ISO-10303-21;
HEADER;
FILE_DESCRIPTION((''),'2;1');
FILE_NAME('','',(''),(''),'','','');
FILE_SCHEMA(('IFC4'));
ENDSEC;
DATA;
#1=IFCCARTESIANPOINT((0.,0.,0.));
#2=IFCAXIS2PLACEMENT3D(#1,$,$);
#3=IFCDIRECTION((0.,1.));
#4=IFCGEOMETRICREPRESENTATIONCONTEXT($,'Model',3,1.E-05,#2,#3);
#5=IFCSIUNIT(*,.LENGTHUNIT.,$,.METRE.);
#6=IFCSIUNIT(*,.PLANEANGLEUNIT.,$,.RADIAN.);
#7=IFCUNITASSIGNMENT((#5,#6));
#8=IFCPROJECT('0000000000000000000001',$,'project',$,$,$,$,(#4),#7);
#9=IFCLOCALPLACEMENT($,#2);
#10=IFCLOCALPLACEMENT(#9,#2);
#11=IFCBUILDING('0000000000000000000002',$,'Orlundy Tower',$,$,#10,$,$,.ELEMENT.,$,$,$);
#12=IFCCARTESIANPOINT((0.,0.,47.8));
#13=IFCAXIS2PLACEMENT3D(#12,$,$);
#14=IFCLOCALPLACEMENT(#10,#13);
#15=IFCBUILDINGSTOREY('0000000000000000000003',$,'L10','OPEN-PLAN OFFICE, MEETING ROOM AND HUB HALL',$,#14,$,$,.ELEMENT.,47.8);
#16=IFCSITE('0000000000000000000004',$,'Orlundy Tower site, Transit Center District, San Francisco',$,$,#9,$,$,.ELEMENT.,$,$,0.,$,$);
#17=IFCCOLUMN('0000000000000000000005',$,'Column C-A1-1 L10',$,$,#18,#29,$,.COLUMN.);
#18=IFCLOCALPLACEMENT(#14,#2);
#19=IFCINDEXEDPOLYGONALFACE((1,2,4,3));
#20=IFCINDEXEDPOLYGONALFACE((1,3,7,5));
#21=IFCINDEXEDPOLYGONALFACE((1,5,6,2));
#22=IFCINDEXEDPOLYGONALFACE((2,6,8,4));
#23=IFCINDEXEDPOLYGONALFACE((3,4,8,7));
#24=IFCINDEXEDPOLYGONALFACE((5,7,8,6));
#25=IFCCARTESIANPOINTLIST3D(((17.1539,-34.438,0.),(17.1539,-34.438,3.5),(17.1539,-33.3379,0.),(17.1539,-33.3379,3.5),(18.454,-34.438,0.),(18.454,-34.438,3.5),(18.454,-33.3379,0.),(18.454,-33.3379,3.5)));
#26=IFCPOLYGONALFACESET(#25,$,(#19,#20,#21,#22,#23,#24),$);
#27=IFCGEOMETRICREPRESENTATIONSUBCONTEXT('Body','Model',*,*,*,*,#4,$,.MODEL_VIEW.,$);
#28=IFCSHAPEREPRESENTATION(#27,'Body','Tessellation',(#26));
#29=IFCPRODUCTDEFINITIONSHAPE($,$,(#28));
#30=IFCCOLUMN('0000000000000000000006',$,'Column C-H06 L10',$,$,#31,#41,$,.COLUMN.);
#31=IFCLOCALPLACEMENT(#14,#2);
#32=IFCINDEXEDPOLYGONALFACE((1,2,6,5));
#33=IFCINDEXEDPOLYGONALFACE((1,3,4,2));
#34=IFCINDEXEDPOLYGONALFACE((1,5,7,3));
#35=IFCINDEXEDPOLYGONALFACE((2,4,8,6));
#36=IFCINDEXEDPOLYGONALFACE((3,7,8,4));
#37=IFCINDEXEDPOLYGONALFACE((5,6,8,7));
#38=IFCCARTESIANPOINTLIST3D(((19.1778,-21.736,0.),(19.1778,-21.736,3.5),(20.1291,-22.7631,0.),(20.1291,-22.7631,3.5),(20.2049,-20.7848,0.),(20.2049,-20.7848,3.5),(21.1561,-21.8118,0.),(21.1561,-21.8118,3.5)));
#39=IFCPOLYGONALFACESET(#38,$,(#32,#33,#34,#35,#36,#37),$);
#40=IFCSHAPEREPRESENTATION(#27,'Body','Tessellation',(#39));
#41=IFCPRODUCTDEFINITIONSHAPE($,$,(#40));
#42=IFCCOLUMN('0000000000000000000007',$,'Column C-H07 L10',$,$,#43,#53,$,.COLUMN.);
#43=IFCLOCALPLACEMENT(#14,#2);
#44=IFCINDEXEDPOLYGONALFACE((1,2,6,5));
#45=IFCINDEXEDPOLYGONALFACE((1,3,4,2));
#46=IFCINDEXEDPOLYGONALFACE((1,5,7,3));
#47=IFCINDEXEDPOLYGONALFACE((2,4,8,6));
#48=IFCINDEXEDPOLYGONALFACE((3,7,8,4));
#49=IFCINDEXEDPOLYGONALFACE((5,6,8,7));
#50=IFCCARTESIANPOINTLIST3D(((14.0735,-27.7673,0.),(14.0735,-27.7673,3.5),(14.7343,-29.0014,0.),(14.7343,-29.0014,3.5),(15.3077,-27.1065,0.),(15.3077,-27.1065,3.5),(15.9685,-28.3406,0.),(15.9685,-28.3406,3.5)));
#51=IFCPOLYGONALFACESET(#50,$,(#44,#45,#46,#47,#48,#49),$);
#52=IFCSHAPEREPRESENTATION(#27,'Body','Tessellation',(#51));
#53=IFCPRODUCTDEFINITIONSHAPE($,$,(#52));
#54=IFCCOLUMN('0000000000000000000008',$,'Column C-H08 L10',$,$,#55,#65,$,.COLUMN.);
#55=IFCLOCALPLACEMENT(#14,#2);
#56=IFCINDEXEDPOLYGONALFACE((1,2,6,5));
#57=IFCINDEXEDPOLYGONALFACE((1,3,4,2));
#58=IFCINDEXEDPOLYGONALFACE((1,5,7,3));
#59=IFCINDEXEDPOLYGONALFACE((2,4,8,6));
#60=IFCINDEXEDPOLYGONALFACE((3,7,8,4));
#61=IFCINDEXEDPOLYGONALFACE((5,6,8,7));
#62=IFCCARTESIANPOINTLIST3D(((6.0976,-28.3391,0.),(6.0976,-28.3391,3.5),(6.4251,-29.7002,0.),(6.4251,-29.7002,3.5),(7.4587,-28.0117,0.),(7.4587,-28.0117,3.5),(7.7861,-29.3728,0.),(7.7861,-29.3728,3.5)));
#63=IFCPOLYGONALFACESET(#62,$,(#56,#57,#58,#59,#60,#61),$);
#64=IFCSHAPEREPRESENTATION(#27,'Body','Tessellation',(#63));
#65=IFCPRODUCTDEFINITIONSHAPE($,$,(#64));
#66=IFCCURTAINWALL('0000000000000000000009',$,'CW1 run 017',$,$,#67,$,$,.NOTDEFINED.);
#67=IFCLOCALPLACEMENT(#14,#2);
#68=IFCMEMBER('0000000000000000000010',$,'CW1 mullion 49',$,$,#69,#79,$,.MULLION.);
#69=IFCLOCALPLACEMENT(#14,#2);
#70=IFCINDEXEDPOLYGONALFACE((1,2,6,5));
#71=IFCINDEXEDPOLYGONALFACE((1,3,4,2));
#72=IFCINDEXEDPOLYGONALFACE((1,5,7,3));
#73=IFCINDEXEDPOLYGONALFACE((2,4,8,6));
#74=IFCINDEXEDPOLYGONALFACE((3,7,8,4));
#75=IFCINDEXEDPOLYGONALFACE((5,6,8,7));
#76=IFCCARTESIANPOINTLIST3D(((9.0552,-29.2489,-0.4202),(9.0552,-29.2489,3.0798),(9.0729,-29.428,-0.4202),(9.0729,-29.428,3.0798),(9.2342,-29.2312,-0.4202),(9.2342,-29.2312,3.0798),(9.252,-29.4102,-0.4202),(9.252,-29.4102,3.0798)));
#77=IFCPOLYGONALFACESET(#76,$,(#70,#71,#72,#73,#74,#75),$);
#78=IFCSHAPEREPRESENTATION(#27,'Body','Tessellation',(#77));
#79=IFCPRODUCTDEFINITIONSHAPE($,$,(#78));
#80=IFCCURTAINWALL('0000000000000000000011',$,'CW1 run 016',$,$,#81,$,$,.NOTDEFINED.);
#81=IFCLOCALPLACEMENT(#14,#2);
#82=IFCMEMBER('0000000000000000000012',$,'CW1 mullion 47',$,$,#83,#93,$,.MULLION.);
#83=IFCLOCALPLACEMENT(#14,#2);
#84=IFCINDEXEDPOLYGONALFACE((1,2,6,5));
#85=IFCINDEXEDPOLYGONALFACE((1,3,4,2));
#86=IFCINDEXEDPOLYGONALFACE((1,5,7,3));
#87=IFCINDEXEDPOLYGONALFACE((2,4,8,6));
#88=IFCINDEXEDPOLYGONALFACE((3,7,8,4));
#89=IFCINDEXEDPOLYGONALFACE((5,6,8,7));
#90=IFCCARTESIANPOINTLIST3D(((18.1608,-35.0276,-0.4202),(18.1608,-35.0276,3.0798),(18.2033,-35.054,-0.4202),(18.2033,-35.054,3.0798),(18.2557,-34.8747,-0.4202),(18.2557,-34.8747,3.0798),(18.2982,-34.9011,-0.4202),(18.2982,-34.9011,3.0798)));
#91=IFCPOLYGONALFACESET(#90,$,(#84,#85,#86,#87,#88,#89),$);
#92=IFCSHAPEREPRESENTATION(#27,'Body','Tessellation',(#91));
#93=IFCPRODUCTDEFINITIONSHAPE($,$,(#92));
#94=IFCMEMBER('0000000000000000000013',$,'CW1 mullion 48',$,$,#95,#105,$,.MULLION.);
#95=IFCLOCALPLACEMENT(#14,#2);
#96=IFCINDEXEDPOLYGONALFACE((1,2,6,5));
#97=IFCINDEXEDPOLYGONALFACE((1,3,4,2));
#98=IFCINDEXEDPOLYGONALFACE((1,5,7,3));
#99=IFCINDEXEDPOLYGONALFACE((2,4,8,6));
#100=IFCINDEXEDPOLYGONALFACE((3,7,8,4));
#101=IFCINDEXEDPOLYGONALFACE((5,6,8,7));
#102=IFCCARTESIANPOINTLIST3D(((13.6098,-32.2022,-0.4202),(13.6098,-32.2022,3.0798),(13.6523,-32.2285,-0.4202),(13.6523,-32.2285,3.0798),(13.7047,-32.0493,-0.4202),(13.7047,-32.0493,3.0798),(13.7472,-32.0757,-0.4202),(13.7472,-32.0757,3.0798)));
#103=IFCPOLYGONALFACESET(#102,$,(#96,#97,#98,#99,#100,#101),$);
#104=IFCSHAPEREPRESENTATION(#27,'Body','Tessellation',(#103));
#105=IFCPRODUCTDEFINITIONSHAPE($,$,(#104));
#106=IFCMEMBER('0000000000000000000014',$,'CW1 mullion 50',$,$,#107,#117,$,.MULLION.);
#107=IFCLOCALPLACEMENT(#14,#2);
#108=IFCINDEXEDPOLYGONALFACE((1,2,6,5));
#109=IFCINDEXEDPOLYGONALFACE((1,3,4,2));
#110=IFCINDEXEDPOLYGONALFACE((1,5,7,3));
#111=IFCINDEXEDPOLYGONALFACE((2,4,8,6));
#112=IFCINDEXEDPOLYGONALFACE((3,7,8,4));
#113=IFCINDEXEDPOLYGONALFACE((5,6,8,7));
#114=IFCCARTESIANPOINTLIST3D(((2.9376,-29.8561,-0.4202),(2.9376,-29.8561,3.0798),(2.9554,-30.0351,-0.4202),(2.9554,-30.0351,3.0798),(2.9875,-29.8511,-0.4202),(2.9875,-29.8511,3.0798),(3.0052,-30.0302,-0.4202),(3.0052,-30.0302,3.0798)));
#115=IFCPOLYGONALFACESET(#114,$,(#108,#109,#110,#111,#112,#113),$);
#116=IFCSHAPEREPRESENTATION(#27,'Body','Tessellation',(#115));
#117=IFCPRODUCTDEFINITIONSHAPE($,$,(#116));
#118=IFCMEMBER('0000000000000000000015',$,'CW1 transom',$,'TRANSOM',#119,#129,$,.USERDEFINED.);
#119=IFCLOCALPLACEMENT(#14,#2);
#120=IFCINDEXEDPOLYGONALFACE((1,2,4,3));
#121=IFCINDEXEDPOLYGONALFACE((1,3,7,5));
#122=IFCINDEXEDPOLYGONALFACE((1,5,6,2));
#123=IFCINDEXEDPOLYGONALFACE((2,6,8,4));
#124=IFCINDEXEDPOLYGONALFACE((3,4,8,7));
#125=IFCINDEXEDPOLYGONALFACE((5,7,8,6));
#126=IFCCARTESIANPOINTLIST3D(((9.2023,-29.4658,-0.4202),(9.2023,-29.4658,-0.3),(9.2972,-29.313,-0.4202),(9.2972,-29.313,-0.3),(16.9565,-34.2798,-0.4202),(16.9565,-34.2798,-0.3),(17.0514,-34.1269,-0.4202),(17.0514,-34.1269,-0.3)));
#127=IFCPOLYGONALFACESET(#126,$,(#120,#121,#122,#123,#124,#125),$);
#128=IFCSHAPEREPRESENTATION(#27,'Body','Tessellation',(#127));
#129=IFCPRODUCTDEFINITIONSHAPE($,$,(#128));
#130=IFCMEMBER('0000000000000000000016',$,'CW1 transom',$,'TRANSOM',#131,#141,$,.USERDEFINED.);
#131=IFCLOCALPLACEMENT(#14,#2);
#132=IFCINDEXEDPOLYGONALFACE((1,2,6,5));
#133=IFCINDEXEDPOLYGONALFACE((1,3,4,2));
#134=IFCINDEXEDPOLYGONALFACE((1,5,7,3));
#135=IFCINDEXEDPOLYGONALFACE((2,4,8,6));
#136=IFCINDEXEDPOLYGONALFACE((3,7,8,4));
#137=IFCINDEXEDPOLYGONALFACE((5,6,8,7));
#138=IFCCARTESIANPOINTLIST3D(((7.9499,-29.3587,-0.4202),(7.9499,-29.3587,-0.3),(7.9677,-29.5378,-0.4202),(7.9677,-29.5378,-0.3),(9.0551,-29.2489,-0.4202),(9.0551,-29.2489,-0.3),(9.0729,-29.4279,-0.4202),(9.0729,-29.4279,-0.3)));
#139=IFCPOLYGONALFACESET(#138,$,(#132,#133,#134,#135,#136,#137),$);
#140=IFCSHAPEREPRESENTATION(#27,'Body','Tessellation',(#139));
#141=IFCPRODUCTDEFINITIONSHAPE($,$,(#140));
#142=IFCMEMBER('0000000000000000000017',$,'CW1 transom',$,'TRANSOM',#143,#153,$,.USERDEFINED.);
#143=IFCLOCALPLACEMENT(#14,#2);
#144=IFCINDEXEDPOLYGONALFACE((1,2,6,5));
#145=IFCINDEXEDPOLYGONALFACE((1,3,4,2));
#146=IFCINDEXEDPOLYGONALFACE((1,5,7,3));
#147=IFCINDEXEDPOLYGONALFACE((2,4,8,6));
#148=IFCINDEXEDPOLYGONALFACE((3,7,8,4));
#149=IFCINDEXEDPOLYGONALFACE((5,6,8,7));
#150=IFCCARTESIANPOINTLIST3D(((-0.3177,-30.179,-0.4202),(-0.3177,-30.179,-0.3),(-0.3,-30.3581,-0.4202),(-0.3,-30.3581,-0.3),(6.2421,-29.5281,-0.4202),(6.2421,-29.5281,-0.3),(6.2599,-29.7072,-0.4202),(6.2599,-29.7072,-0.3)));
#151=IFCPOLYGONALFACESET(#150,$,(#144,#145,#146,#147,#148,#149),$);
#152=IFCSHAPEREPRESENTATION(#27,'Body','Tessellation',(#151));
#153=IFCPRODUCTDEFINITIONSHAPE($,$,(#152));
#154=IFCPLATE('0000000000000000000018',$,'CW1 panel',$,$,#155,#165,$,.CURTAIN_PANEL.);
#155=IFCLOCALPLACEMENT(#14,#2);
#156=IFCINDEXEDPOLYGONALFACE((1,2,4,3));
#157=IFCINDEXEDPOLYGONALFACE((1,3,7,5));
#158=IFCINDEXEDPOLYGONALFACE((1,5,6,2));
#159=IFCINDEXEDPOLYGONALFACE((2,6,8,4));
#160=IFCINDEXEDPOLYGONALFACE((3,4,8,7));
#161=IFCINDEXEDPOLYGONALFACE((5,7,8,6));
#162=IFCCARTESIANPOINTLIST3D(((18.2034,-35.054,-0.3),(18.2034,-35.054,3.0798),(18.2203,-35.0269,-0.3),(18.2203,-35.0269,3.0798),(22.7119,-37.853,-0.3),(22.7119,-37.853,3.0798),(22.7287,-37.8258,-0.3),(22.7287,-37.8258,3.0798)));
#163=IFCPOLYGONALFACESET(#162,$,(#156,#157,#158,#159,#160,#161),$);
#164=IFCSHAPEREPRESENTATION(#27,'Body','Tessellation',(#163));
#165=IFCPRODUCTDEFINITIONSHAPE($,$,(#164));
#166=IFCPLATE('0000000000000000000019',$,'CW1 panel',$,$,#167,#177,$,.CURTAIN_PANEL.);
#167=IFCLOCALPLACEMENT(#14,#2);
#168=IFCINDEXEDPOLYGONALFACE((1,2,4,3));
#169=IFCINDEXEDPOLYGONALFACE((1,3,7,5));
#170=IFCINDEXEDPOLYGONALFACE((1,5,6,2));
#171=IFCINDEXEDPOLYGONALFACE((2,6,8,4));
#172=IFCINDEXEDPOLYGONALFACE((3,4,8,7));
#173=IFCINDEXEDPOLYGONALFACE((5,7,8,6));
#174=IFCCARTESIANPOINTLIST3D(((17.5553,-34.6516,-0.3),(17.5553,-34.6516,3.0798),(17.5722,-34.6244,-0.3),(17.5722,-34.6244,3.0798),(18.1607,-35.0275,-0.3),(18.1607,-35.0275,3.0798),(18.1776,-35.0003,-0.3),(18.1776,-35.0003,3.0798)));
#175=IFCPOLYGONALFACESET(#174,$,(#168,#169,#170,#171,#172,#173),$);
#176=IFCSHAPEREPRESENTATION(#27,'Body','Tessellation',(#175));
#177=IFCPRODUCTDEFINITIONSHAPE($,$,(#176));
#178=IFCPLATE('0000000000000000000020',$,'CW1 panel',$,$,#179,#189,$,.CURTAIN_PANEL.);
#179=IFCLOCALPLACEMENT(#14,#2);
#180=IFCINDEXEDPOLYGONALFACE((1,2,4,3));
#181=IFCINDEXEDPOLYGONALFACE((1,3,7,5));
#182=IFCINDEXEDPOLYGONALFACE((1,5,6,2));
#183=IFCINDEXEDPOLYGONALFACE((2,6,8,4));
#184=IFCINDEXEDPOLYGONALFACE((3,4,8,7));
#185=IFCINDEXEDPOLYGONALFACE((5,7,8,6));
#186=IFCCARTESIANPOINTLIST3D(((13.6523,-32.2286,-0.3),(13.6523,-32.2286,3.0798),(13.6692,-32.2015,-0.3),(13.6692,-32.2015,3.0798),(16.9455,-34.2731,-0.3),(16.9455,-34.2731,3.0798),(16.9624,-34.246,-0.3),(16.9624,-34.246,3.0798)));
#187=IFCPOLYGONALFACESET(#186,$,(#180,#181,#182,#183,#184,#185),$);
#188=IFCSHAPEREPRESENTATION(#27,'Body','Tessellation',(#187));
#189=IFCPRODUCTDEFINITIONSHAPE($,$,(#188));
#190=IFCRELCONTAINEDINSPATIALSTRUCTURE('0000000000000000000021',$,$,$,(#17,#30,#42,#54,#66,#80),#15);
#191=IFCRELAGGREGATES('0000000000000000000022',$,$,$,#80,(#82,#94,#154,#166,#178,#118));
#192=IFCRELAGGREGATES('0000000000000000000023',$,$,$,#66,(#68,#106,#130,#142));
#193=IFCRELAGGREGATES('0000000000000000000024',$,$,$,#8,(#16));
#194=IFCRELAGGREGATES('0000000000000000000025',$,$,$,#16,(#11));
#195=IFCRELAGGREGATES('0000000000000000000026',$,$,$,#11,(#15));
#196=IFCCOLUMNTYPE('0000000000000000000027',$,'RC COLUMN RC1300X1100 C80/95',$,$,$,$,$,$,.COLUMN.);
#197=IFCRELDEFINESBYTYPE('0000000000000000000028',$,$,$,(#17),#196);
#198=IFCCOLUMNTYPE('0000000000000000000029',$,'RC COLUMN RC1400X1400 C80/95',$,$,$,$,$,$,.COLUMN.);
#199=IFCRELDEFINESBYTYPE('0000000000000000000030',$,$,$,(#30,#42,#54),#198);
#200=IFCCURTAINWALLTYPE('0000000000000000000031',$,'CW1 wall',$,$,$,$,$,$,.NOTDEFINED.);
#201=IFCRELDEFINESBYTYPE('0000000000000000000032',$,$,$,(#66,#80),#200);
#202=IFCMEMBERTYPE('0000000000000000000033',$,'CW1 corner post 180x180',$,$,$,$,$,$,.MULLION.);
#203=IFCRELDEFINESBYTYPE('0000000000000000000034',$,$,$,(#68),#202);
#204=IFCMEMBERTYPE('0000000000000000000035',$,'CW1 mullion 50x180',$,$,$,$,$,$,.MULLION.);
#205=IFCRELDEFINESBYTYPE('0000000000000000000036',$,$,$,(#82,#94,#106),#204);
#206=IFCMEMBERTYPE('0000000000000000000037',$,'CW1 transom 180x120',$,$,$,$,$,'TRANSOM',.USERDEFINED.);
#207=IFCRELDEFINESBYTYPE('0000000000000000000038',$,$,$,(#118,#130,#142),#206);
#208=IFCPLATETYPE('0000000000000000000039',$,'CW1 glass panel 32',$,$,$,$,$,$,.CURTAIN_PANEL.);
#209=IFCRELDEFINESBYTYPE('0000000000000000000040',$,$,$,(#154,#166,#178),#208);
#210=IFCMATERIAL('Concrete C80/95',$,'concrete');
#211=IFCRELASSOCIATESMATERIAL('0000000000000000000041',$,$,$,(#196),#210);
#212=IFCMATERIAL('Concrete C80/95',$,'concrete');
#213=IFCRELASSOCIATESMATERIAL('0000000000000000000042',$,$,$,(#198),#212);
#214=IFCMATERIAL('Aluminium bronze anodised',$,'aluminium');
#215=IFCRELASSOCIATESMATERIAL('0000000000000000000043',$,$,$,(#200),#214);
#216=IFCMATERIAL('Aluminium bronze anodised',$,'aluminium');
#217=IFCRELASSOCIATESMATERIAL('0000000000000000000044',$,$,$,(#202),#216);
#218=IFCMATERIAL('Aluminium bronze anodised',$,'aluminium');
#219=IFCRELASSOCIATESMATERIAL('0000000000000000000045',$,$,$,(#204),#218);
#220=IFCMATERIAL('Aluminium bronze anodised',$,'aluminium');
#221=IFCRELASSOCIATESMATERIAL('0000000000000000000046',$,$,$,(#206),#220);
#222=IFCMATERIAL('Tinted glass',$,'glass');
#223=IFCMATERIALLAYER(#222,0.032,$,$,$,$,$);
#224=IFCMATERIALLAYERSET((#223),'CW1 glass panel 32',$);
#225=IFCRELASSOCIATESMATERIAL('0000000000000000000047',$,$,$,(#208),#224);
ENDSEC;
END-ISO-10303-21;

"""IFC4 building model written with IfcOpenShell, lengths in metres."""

from ifc_helpers import new_model, si_unit, direction, frame, origin, origin_2d, place, context, subcontext, project, spatial, rectangle, extrude, material, layer, layer_set, material_profile, profile_set, type_object, element, aggregate, save


model = new_model("IFC4")

# Units and contexts
model_context = context("Model", 3, precision=1e-05, world=origin(), true_north=direction((0.0, 1.0)))
body_context = subcontext(model_context, "Body", "Model", "MODEL_VIEW")
ifc_project = project(units=[si_unit("LENGTHUNIT", "METRE"), si_unit("PLANEANGLEUNIT", "RADIAN")], contexts=[model_context])

# Site, building, storey
site_placement = place(None, origin())
site = spatial("IfcSite", under=ifc_project, at=site_placement, Name="Orlundy Tower site, Transit Center District, San Francisco", CompositionType="ELEMENT", RefElevation=0.0)
building_placement = place(site_placement, origin())
building = spatial("IfcBuilding", under=site, at=building_placement, Name="Orlundy Tower", CompositionType="ELEMENT")
storey_placement = place(building_placement, frame((0.0, 0.0, 47.8)))
storey = spatial("IfcBuildingStorey", under=building, at=storey_placement, Name="L10", Description="OPEN-PLAN OFFICE, MEETING ROOM AND HUB HALL", CompositionType="ELEMENT", Elevation=47.8)

# Columns
ifc_material_1 = material(Name="Concrete C80/95", Category="concrete")
ifc_material_profile_1 = material_profile(ifc_material_1, rectangle(XDim=1.3, YDim=1.1001, at=origin_2d()), Name="RC1300X1100")
ifc_profile_set_1 = profile_set([ifc_material_profile_1], Name="Concrete C80/95")
column_type_1 = type_object("IfcColumnType", Name="RC COLUMN RC1300X1100 C80/95", PredefinedType="COLUMN", material=ifc_profile_set_1)
column_placement = place(storey_placement, frame((17.804, -33.8879, 0.0), z_axis=(0.0, 0.0, 1.0), x_axis=(1.0, 0.0, 0.0)))
element("IfcColumn", 1, at=column_placement, inside=storey, type_object=column_type_1, Name="Column C-A1-1 L10", PredefinedType="COLUMN", context=body_context, shape_type="SweptSolid", body=[
    extrude(rectangle(XDim=1.3, YDim=1.1001, at=origin_2d()), origin(), (0.0, 0.0, 1.0), 3.5),
])
ifc_material_2 = material(Name="Concrete C80/95", Category="concrete")
ifc_material_profile_2 = material_profile(ifc_material_2, rectangle(XDim=1.3999, YDim=1.3999, at=origin_2d()), Name="RC1400X1400")
ifc_profile_set_2 = profile_set([ifc_material_profile_2], Name="Concrete C80/95")
column_type_2 = type_object("IfcColumnType", Name="RC COLUMN RC1400X1400 C80/95", PredefinedType="COLUMN", material=ifc_profile_set_2)
for number, where, z_axis, x_axis, name in (
    (2, (20.167, -21.7739, 0.0), (0.0, 0.0, 1.0), (0.679518, -0.733659, 0.0), "Column C-H06 L10"),
    (3, (15.021, -28.054, 0.0), (0.0, 0.0, 1.0), (0.472028, -0.881584, 0.0), "Column C-H07 L10"),
    (4, (6.9419, -28.856, 0.0), (0.0, 0.0, 1.0), (0.233904, -0.97226, 0.0), "Column C-H08 L10"),
):
    element("IfcColumn", number, at=place(storey_placement, frame(where, z_axis=z_axis, x_axis=x_axis)), inside=storey, type_object=column_type_2, Name=name, PredefinedType="COLUMN", context=body_context, shape_type="SweptSolid", body=[
        extrude(rectangle(XDim=1.3999, YDim=1.3999, at=origin_2d()), origin(), (0.0, 0.0, 1.0), 3.5),
    ])

# Curtain wall, member
ifc_material_3 = material(Name="Aluminium bronze anodised", Category="aluminium")
curtain_wall_type = type_object("IfcCurtainWallType", Name="CW1 wall", PredefinedType="NOTDEFINED", material=ifc_material_3)
curtain_wall_1_placement = place(storey_placement, origin())
curtain_wall_1 = element("IfcCurtainWall", 5, at=curtain_wall_1_placement, inside=storey, type_object=curtain_wall_type, Name="CW1 run 017", PredefinedType="NOTDEFINED")
ifc_material_4 = material(Name="Aluminium bronze anodised", Category="aluminium")
ifc_material_profile_3 = material_profile(ifc_material_4, rectangle(XDim=0.1799, YDim=0.1799, at=origin_2d()), Name="CW1 corner post 180x180")
ifc_profile_set_3 = profile_set([ifc_material_profile_3], Name="Aluminium bronze anodised")
member_type_1 = type_object("IfcMemberType", Name="CW1 corner post 180x180", PredefinedType="MULLION", material=ifc_profile_set_3)
member_1_placement = place(storey_placement, frame((9.1536, -29.3296, -0.4202), z_axis=(0.0, 0.0, 1.0), x_axis=(0.09875, -0.995112, 0.0)))
member_1 = element("IfcMember", 6, at=member_1_placement, type_object=member_type_1, Name="CW1 mullion 49", PredefinedType="MULLION", context=body_context, shape_type="SweptSolid", body=[
    extrude(rectangle(XDim=0.1799, YDim=0.1799, at=origin_2d()), origin(), (0.0, 0.0, 1.0), 3.5),
])

# Curtain wall, members
curtain_wall_2_placement = place(storey_placement, origin())
curtain_wall_2 = element("IfcCurtainWall", 7, at=curtain_wall_2_placement, inside=storey, type_object=curtain_wall_type, Name="CW1 run 016", PredefinedType="NOTDEFINED")
ifc_material_5 = material(Name="Aluminium bronze anodised", Category="aluminium")
ifc_material_profile_4 = material_profile(ifc_material_5, rectangle(XDim=0.1799, YDim=0.05, at=origin_2d()), Name="CW1 mullion 50x180")
ifc_profile_set_4 = profile_set([ifc_material_profile_4], Name="Aluminium bronze anodised")
member_type_2 = type_object("IfcMemberType", Name="CW1 mullion 50x180", PredefinedType="MULLION", material=ifc_profile_set_4)
member_2_placement = place(storey_placement, frame((18.2295, -34.9644, -0.4202), z_axis=(0.0, 0.0, 1.0), x_axis=(-0.527449, -0.849587, 0.0)))
member_2 = element("IfcMember", 8, at=member_2_placement, type_object=member_type_2, Name="CW1 mullion 47", PredefinedType="MULLION", context=body_context, shape_type="SweptSolid", body=[
    extrude(rectangle(XDim=0.1799, YDim=0.05, at=origin_2d()), origin(), (0.0, 0.0, 1.0), 3.5),
])
member_3_placement = place(storey_placement, frame((13.6785, -32.1389, -0.4202), z_axis=(0.0, 0.0, 1.0), x_axis=(-0.527449, -0.849587, 0.0)))
member_3 = element("IfcMember", 9, at=member_3_placement, type_object=member_type_2, Name="CW1 mullion 48", PredefinedType="MULLION", context=body_context, shape_type="SweptSolid", body=[
    extrude(rectangle(XDim=0.1799, YDim=0.05, at=origin_2d()), origin(), (0.0, 0.0, 1.0), 3.5),
])

# Members
member_4_placement = place(storey_placement, frame((2.9714, -29.9431, -0.4202), z_axis=(0.0, 0.0, 1.0), x_axis=(0.09875, -0.995112, 0.0)))
member_4 = element("IfcMember", 10, at=member_4_placement, type_object=member_type_2, Name="CW1 mullion 50", PredefinedType="MULLION", context=body_context, shape_type="SweptSolid", body=[
    extrude(rectangle(XDim=0.1799, YDim=0.05, at=origin_2d()), origin(), (0.0, 0.0, 1.0), 3.5),
])
ifc_material_6 = material(Name="Aluminium bronze anodised", Category="aluminium")
ifc_material_profile_5 = material_profile(ifc_material_6, rectangle(XDim=0.1799, YDim=0.1201, at=origin_2d()), Name="CW1 transom 180x120")
ifc_profile_set_5 = profile_set([ifc_material_profile_5], Name="Aluminium bronze anodised")
member_type_3 = type_object("IfcMemberType", Name="CW1 transom 180x120", ElementType="TRANSOM", PredefinedType="USERDEFINED", material=ifc_profile_set_5)
member_5_placement = place(storey_placement, frame((17.0039, -34.2034, -0.3601), z_axis=(-0.849589, 0.527445, 0.0), x_axis=(-0.527445, -0.849589, 0.0)))
member_5 = element("IfcMember", 11, at=member_5_placement, type_object=member_type_3, Name="CW1 transom", ObjectType="TRANSOM", PredefinedType="USERDEFINED", context=body_context, shape_type="SweptSolid", body=[
    extrude(rectangle(XDim=0.1799, YDim=0.1201, at=origin_2d()), origin(), (0.0, 0.0, 1.0), 9.127),
])
member_6_placement = place(storey_placement, frame((9.064, -29.3384, -0.3601), z_axis=(-0.995096, -0.098916, 0.0), x_axis=(0.098916, -0.995096, 0.0)))
member_6 = element("IfcMember", 12, at=member_6_placement, type_object=member_type_3, Name="CW1 transom", ObjectType="TRANSOM", PredefinedType="USERDEFINED", context=body_context, shape_type="SweptSolid", body=[
    extrude(rectangle(XDim=0.1799, YDim=0.1201, at=origin_2d()), origin(), (0.0, 0.0, 1.0), 1.1106),
])
member_7_placement = place(storey_placement, frame((6.251, -29.6177, -0.3601), z_axis=(-0.995114, -0.098737, 0.0), x_axis=(0.098737, -0.995114, 0.0)))
member_7 = element("IfcMember", 13, at=member_7_placement, type_object=member_type_3, Name="CW1 transom", ObjectType="TRANSOM", PredefinedType="USERDEFINED", context=body_context, shape_type="SweptSolid", body=[
    extrude(rectangle(XDim=0.1799, YDim=0.1201, at=origin_2d()), origin(), (0.0, 0.0, 1.0), 6.592),
])

# Plates
ifc_material_7 = material(Name="Tinted glass", Category="glass")
ifc_layer_1 = layer(ifc_material_7, 0.032)
ifc_layer_set_1 = layer_set([ifc_layer_1], Name="CW1 glass panel 32")
plate_type = type_object("IfcPlateType", Name="CW1 glass panel 32", PredefinedType="CURTAIN_PANEL", material=ifc_layer_set_1)
plate_1_placement = place(storey_placement, frame((20.4661, -36.4399, -0.3), z_axis=(0.0, 0.0, 1.0), x_axis=(-0.849587, 0.527449, 0.0)))
plate_1 = element("IfcPlate", 14, at=plate_1_placement, type_object=plate_type, Name="CW1 panel", PredefinedType="CURTAIN_PANEL", context=body_context, shape_type="SweptSolid", body=[
    extrude(rectangle(XDim=5.3066, YDim=0.032, at=origin_2d()), origin(), (0.0, 0.0, 1.0), 3.3799),
])
plate_2_placement = place(storey_placement, frame((17.8665, -34.8259, -0.3), z_axis=(0.0, 0.0, 1.0), x_axis=(-0.849587, 0.527449, 0.0)))
plate_2 = element("IfcPlate", 15, at=plate_2_placement, type_object=plate_type, Name="CW1 panel", PredefinedType="CURTAIN_PANEL", context=body_context, shape_type="SweptSolid", body=[
    extrude(rectangle(XDim=0.7126, YDim=0.032, at=origin_2d()), origin(), (0.0, 0.0, 1.0), 3.3799),
])
plate_3_placement = place(storey_placement, frame((15.3074, -33.2373, -0.3), z_axis=(0.0, 0.0, 1.0), x_axis=(-0.849587, 0.527449, 0.0)))
plate_3 = element("IfcPlate", 16, at=plate_3_placement, type_object=plate_type, Name="CW1 panel", PredefinedType="CURTAIN_PANEL", context=body_context, shape_type="SweptSolid", body=[
    extrude(rectangle(XDim=3.8762, YDim=0.032, at=origin_2d()), origin(), (0.0, 0.0, 1.0), 3.3799),
])
aggregate(curtain_wall_2, [member_2, member_3, plate_1, plate_2, plate_3, member_5])
aggregate(curtain_wall_1, [member_1, member_4, member_6, member_7])

save(model, "model.ifc")
